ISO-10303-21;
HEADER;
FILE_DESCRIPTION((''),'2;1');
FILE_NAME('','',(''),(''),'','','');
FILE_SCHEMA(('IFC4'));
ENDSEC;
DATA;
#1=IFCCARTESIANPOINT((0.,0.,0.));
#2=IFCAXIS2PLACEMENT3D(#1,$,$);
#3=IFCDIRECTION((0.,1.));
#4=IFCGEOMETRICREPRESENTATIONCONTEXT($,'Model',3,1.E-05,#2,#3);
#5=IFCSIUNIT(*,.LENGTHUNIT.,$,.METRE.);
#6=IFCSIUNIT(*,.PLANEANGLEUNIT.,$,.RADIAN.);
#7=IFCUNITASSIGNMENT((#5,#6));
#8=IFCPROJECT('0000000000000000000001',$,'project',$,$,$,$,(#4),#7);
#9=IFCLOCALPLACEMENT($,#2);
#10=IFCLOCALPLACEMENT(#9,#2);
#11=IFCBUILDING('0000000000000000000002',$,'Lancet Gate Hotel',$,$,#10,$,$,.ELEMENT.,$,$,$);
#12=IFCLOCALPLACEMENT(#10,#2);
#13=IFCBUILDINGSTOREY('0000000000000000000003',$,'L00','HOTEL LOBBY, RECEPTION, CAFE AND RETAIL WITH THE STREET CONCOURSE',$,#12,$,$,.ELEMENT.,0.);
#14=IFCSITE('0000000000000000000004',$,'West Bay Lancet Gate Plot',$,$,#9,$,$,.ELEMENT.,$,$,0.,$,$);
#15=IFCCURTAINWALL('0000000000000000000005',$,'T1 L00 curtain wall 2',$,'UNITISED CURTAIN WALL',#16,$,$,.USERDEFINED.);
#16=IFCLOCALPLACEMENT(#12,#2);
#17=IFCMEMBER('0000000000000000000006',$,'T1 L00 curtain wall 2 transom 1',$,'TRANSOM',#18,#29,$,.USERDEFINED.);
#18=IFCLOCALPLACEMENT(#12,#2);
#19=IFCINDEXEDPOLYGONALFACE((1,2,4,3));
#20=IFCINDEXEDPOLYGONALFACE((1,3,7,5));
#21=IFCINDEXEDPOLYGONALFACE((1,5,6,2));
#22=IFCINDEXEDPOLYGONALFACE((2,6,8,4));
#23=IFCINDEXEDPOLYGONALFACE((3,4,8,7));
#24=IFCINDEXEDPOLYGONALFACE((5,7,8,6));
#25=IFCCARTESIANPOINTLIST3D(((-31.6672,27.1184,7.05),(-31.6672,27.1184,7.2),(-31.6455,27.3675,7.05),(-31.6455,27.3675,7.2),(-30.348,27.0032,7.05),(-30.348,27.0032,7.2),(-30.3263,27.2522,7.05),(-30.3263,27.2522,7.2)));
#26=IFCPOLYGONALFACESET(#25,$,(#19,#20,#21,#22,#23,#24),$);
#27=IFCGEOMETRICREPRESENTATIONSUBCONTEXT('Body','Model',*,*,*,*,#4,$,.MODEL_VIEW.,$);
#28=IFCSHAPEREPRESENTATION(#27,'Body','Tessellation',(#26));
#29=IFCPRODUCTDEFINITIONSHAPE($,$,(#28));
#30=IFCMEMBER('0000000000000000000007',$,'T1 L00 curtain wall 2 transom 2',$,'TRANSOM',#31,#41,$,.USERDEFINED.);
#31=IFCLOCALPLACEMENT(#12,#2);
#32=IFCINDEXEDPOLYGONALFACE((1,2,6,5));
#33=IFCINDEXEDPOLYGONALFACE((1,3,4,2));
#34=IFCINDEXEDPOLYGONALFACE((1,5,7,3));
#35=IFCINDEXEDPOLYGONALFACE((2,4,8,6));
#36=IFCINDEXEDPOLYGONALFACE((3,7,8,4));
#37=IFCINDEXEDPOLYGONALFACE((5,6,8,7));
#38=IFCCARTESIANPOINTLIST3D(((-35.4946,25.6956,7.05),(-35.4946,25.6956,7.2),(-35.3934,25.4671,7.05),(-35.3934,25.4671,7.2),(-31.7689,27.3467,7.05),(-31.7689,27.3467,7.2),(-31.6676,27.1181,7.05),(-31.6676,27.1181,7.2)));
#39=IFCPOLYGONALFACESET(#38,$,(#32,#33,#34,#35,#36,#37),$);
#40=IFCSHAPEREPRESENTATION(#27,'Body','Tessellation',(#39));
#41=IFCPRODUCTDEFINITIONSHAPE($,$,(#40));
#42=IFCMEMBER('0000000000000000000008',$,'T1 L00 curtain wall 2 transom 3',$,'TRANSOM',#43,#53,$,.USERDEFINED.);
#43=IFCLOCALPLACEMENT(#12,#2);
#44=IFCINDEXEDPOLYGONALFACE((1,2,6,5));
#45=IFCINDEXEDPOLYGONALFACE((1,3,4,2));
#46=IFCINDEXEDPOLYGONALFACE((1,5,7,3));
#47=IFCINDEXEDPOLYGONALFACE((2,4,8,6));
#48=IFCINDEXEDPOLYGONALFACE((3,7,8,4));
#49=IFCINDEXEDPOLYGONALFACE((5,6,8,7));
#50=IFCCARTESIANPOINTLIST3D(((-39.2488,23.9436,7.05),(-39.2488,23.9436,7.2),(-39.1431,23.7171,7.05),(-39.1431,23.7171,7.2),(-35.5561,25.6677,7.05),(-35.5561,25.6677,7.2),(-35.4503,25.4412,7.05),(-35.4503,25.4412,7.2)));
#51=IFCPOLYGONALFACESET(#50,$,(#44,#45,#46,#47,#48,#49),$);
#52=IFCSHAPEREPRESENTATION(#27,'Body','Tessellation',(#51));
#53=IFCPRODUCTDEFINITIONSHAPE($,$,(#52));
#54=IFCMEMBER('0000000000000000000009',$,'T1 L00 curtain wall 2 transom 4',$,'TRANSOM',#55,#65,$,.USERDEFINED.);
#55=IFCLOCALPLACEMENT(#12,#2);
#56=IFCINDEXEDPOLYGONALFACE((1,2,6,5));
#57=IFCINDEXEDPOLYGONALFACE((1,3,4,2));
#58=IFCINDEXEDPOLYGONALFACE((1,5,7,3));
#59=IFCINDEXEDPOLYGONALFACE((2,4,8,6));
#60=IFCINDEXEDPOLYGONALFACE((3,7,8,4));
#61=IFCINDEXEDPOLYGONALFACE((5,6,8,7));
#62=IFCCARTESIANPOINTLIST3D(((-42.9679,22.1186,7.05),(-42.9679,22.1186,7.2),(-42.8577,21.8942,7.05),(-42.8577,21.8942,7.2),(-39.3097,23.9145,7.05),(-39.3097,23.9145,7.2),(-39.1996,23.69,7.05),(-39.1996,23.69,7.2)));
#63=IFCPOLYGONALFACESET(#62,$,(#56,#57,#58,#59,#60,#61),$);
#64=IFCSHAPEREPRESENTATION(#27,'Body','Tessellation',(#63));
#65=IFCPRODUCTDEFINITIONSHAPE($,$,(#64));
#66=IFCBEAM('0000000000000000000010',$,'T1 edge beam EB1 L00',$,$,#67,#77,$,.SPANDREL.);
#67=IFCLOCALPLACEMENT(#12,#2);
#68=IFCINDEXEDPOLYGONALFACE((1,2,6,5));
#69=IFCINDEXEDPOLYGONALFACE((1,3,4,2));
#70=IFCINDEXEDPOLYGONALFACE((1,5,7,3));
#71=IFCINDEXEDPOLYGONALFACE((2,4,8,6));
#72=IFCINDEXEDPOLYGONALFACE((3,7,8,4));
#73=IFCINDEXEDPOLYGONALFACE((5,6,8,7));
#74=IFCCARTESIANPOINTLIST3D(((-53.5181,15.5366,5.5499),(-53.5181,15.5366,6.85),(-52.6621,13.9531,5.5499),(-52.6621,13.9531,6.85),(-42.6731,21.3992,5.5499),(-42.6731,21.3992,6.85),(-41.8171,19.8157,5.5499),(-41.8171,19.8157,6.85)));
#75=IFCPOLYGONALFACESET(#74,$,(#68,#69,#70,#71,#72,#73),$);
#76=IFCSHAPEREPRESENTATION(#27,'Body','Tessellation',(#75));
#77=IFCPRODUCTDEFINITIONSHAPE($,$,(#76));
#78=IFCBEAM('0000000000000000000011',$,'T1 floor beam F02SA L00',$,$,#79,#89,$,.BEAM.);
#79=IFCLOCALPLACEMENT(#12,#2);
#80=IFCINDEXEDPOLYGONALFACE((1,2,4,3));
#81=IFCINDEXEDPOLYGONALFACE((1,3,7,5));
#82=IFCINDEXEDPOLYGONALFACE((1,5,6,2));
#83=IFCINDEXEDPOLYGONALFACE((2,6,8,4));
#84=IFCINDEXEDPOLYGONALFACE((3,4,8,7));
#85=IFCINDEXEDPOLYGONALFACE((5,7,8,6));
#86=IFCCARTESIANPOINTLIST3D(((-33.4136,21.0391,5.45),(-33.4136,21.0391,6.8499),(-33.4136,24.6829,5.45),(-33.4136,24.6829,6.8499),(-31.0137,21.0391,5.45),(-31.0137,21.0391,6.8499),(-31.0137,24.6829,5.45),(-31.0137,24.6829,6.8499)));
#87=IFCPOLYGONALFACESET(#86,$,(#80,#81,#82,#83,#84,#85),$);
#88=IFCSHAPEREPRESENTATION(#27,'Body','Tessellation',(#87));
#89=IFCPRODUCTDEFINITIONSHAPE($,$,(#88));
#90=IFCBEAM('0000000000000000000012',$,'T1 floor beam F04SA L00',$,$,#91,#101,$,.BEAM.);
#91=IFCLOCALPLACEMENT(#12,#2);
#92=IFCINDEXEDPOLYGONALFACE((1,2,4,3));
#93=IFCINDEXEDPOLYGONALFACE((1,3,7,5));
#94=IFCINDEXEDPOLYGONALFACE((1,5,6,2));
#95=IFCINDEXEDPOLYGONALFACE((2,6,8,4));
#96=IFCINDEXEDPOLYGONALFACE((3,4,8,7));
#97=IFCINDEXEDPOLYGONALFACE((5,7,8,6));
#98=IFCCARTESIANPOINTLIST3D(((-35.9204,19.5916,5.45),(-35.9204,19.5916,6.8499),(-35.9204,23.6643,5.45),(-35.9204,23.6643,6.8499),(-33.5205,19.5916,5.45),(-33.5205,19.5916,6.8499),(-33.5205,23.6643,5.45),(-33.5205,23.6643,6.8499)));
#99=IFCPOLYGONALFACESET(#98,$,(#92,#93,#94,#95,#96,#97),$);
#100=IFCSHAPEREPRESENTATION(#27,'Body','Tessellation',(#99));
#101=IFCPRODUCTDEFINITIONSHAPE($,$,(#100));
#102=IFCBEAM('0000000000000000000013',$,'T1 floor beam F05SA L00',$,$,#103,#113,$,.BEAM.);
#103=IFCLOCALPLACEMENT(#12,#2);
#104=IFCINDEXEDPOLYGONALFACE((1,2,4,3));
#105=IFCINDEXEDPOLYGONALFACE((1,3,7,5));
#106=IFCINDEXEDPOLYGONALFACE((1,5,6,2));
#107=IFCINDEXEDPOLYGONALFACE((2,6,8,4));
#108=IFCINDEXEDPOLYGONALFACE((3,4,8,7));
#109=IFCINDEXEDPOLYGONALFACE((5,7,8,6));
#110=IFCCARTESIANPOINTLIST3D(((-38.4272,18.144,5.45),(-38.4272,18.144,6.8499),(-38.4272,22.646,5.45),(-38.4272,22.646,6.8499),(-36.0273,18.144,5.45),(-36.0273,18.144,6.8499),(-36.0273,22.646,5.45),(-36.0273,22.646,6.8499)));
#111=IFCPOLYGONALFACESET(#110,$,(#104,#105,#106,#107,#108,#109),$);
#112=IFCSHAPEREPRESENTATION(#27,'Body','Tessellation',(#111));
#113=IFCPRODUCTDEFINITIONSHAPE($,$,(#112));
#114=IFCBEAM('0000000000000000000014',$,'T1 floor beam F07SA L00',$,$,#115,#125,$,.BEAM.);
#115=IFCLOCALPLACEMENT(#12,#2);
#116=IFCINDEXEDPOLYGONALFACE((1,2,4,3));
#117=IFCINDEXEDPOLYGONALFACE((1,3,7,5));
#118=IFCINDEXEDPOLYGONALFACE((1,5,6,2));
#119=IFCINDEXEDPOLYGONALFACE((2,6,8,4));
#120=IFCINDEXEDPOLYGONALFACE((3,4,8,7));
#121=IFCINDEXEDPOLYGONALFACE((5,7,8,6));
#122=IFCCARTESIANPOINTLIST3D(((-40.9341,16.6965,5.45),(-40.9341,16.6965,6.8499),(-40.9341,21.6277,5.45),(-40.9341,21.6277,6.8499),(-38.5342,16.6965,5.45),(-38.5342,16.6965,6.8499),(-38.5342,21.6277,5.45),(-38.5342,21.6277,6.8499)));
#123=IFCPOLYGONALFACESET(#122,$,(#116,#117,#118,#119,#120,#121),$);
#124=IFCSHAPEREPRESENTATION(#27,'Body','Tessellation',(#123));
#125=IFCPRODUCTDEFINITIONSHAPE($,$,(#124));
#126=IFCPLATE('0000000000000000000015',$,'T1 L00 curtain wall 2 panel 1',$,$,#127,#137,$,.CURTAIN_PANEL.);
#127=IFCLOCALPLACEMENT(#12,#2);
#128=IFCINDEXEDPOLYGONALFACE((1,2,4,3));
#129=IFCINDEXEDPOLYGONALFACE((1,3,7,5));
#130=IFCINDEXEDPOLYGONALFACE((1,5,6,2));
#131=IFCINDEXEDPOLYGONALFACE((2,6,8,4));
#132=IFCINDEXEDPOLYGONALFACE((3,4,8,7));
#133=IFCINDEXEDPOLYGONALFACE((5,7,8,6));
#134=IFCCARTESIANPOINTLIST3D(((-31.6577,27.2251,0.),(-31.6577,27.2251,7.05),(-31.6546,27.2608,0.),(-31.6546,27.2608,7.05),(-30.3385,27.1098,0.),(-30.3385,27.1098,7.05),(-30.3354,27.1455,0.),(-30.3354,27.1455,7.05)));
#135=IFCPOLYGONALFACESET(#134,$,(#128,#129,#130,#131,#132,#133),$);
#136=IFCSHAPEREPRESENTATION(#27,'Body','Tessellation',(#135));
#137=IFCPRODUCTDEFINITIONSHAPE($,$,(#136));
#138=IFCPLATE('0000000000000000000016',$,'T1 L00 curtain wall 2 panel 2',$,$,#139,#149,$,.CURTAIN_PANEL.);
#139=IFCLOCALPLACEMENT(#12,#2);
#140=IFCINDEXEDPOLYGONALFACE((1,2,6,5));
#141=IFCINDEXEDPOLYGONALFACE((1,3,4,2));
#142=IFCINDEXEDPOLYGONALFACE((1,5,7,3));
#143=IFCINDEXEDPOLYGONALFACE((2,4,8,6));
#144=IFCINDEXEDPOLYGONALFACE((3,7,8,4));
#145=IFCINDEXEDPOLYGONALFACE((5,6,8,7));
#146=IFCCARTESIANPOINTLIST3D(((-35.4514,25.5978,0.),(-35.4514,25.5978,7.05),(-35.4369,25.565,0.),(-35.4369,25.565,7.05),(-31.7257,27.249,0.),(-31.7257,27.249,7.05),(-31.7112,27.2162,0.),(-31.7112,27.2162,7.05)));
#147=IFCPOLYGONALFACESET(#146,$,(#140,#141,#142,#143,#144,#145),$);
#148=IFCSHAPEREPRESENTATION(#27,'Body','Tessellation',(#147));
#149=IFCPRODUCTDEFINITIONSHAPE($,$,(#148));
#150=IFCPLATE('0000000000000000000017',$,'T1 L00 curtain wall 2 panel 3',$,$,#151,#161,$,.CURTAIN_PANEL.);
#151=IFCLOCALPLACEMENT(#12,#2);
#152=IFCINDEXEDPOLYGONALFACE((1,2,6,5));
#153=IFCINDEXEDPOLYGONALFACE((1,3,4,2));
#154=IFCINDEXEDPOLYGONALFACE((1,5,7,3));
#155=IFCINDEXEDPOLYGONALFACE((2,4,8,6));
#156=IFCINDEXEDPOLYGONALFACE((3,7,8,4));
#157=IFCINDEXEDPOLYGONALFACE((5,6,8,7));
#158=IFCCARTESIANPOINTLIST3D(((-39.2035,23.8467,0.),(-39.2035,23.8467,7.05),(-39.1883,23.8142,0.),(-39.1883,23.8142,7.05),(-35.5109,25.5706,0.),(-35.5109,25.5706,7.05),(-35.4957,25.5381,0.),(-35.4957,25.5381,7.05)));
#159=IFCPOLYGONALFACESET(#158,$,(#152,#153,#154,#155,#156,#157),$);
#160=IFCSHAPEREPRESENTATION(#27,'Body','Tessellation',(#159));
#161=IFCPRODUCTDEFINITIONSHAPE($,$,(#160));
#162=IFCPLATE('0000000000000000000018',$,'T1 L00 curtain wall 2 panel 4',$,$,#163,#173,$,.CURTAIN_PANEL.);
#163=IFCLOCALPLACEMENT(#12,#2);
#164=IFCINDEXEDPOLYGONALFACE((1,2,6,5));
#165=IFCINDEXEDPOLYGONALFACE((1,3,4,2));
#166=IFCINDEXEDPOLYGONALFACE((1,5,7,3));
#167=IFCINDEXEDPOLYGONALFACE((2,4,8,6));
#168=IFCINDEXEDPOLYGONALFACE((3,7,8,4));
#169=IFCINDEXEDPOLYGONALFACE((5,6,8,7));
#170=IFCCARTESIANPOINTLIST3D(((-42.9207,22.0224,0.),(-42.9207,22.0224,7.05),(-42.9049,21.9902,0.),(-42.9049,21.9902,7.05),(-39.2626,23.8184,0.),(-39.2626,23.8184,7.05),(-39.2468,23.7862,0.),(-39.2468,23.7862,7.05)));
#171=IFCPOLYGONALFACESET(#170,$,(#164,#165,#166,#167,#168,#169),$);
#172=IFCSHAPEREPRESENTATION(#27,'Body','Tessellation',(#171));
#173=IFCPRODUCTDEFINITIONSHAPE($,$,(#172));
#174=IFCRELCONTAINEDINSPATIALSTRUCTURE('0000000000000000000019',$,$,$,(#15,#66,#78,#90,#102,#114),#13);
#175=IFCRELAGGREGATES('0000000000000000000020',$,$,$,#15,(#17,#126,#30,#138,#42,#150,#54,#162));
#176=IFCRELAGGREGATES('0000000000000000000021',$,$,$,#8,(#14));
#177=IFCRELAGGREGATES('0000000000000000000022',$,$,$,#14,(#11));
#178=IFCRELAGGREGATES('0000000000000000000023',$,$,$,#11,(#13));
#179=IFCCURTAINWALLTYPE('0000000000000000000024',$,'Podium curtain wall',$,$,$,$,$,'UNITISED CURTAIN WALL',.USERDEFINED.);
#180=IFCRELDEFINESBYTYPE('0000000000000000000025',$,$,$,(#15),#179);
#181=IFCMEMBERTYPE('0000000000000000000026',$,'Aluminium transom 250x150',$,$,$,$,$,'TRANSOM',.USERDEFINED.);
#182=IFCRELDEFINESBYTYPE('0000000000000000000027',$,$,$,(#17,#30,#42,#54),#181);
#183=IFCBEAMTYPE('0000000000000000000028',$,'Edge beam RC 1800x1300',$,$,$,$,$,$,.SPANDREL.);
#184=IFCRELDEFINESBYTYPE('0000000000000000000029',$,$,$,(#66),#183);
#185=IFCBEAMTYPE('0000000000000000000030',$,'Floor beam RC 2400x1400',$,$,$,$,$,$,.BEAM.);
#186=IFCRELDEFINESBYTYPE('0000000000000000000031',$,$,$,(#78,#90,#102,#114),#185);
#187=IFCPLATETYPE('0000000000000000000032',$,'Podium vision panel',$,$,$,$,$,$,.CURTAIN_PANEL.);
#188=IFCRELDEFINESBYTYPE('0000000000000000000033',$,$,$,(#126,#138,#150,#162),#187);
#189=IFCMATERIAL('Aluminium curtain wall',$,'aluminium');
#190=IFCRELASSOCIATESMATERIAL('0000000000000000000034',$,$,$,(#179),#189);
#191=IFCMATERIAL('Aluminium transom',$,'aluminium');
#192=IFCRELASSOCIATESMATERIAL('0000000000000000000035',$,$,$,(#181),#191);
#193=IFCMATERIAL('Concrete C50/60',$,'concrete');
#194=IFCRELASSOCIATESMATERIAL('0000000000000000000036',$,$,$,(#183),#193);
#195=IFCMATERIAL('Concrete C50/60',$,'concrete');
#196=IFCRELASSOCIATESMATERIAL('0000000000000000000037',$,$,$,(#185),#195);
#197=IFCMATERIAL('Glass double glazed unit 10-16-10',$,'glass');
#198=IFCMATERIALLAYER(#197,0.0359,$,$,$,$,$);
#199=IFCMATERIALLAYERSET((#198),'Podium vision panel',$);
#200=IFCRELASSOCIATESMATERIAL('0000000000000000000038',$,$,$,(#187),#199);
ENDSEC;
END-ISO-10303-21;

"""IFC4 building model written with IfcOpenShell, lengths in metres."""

from ifc_helpers import new_model, si_unit, direction, frame, origin, origin_2d, place, context, subcontext, project, spatial, rectangle, extrude, material, layer, layer_set, material_profile, profile_set, type_object, element, aggregate, save


model = new_model("IFC4")

# Units and contexts
model_context = context("Model", 3, precision=1e-05, world=origin(), true_north=direction((0.0, 1.0)))
body_context = subcontext(model_context, "Body", "Model", "MODEL_VIEW")
ifc_project = project(units=[si_unit("LENGTHUNIT", "METRE"), si_unit("PLANEANGLEUNIT", "RADIAN")], contexts=[model_context])

# Site, building, storey
site_placement = place(None, origin())
site = spatial("IfcSite", under=ifc_project, at=site_placement, Name="West Bay Lancet Gate Plot", CompositionType="ELEMENT", RefElevation=0.0)
building_placement = place(site_placement, origin())
building = spatial("IfcBuilding", under=site, at=building_placement, Name="Lancet Gate Hotel", CompositionType="ELEMENT")
storey_placement = place(building_placement, origin())
storey = spatial("IfcBuildingStorey", under=building, at=storey_placement, Name="L00", Description="HOTEL LOBBY, RECEPTION, CAFE AND RETAIL WITH THE STREET CONCOURSE", CompositionType="ELEMENT", Elevation=0.0)

# Curtain wall, members
ifc_material_1 = material(Name="Aluminium curtain wall", Category="aluminium")
curtain_wall_type = type_object("IfcCurtainWallType", Name="Podium curtain wall", ElementType="UNITISED CURTAIN WALL", PredefinedType="USERDEFINED", material=ifc_material_1)
curtain_wall_placement = place(storey_placement, origin())
curtain_wall = element("IfcCurtainWall", 1, at=curtain_wall_placement, inside=storey, type_object=curtain_wall_type, Name="T1 L00 curtain wall 2", ObjectType="UNITISED CURTAIN WALL", PredefinedType="USERDEFINED")
ifc_material_2 = material(Name="Aluminium transom", Category="aluminium")
ifc_material_profile_1 = material_profile(ifc_material_2, rectangle(XDim=0.25, YDim=0.1499, at=origin_2d()), Name="TRANSOM 250x150")
ifc_profile_set_1 = profile_set([ifc_material_profile_1], Name="Aluminium transom")
member_type_1 = type_object("IfcMemberType", Name="Aluminium transom 250x150", ElementType="TRANSOM", PredefinedType="USERDEFINED", material=ifc_profile_set_1)
member_1_placement = place(storey_placement, frame((-30.3372, 27.1277, 7.125), z_axis=(-0.996206, 0.087027, 0.0), x_axis=(-0.087027, -0.996206, 0.0)))
member_1 = element("IfcMember", 2, at=member_1_placement, type_object=member_type_1, Name="T1 L00 curtain wall 2 transom 1", ObjectType="TRANSOM", PredefinedType="USERDEFINED", context=body_context, shape_type="SweptSolid", body=[
    extrude(rectangle(XDim=0.25, YDim=0.1499, at=origin_2d()), origin(), (0.0, 0.0, 1.0), 1.3242),
])
member_2_placement = place(storey_placement, frame((-31.7183, 27.2324, 7.125), z_axis=(-0.914248, -0.405154, 0.0), x_axis=(0.405154, -0.914248, 0.0)))
member_2 = element("IfcMember", 3, at=member_2_placement, type_object=member_type_1, Name="T1 L00 curtain wall 2 transom 2", ObjectType="TRANSOM", PredefinedType="USERDEFINED", context=body_context, shape_type="SweptSolid", body=[
    extrude(rectangle(XDim=0.25, YDim=0.1499, at=origin_2d()), origin(), (0.0, 0.0, 1.0), 4.0752),
])
member_3_placement = place(storey_placement, frame((-35.5032, 25.5544, 7.125), z_axis=(-0.90611, -0.423043, 0.0), x_axis=(0.423043, -0.90611, 0.0)))
member_3 = element("IfcMember", 4, at=member_3_placement, type_object=member_type_1, Name="T1 L00 curtain wall 2 transom 3", ObjectType="TRANSOM", PredefinedType="USERDEFINED", context=body_context, shape_type="SweptSolid", body=[
    extrude(rectangle(XDim=0.25, YDim=0.1499, at=origin_2d()), origin(), (0.0, 0.0, 1.0), 4.0754),
])
member_4_placement = place(storey_placement, frame((-39.2546, 23.8022, 7.125), z_axis=(-0.897662, -0.440684, 0.0), x_axis=(0.440684, -0.897662, 0.0)))
member_4 = element("IfcMember", 5, at=member_4_placement, type_object=member_type_1, Name="T1 L00 curtain wall 2 transom 4", ObjectType="TRANSOM", PredefinedType="USERDEFINED", context=body_context, shape_type="SweptSolid", body=[
    extrude(rectangle(XDim=0.25, YDim=0.1499, at=origin_2d()), origin(), (0.0, 0.0, 1.0), 4.0752),
])

# Beams
ifc_material_3 = material(Name="Concrete C50/60", Category="concrete")
ifc_material_profile_2 = material_profile(ifc_material_3, rectangle(XDim=1.8, YDim=1.3, at=origin_2d()), Name="RC 1800x1300")
ifc_profile_set_2 = profile_set([ifc_material_profile_2], Name="Concrete C50/60")
beam_type_1 = type_object("IfcBeamType", Name="Edge beam RC 1800x1300", PredefinedType="SPANDREL", material=ifc_profile_set_2)
beam_1_placement = place(storey_placement, frame((-42.2451, 20.6074, 6.2), z_axis=(-0.879693, -0.475542, 0.0), x_axis=(0.475542, -0.879693, 0.0)))
element("IfcBeam", 6, at=beam_1_placement, inside=storey, type_object=beam_type_1, Name="T1 edge beam EB1 L00", PredefinedType="SPANDREL", context=body_context, shape_type="SweptSolid", body=[
    extrude(rectangle(XDim=1.8, YDim=1.3, at=origin_2d()), origin(), (0.0, 0.0, 1.0), 12.3281),
])
ifc_material_4 = material(Name="Concrete C50/60", Category="concrete")
ifc_material_profile_3 = material_profile(ifc_material_4, rectangle(XDim=2.3999, YDim=1.3999, at=origin_2d()), Name="RC 2400x1400")
ifc_profile_set_3 = profile_set([ifc_material_profile_3], Name="Concrete C50/60")
beam_type_2 = type_object("IfcBeamType", Name="Floor beam RC 2400x1400", PredefinedType="BEAM", material=ifc_profile_set_3)
beam_2_placement = place(storey_placement, frame((-32.2136, 24.6829, 6.1499), z_axis=(0.0, -1.0, 0.0), x_axis=(1.0, 0.0, 0.0)))
element("IfcBeam", 7, at=beam_2_placement, inside=storey, type_object=beam_type_2, Name="T1 floor beam F02SA L00", PredefinedType="BEAM", context=body_context, shape_type="SweptSolid", body=[
    extrude(rectangle(XDim=2.3999, YDim=1.3999, at=origin_2d()), origin(), (0.0, 0.0, 1.0), 3.6438),
])
beam_3_placement = place(storey_placement, frame((-34.7205, 23.6643, 6.1499), z_axis=(0.0, -1.0, 0.0), x_axis=(1.0, 0.0, 0.0)))
element("IfcBeam", 8, at=beam_3_placement, inside=storey, type_object=beam_type_2, Name="T1 floor beam F04SA L00", PredefinedType="BEAM", context=body_context, shape_type="SweptSolid", body=[
    extrude(rectangle(XDim=2.3999, YDim=1.3999, at=origin_2d()), origin(), (0.0, 0.0, 1.0), 4.0728),
])
beam_4_placement = place(storey_placement, frame((-37.2273, 22.646, 6.1499), z_axis=(0.0, -1.0, 0.0), x_axis=(1.0, 0.0, 0.0)))
element("IfcBeam", 9, at=beam_4_placement, inside=storey, type_object=beam_type_2, Name="T1 floor beam F05SA L00", PredefinedType="BEAM", context=body_context, shape_type="SweptSolid", body=[
    extrude(rectangle(XDim=2.3999, YDim=1.3999, at=origin_2d()), origin(), (0.0, 0.0, 1.0), 4.502),
])
beam_5_placement = place(storey_placement, frame((-39.7341, 21.6277, 6.1499), z_axis=(0.0, -1.0, 0.0), x_axis=(1.0, 0.0, 0.0)))
element("IfcBeam", 10, at=beam_5_placement, inside=storey, type_object=beam_type_2, Name="T1 floor beam F07SA L00", PredefinedType="BEAM", context=body_context, shape_type="SweptSolid", body=[
    extrude(rectangle(XDim=2.3999, YDim=1.3999, at=origin_2d()), origin(), (0.0, 0.0, 1.0), 4.9312),
])

# Plates
ifc_material_5 = material(Name="Glass double glazed unit 10-16-10", Category="glass")
ifc_layer_1 = layer(ifc_material_5, 0.0359)
ifc_layer_set_1 = layer_set([ifc_layer_1], Name="Podium vision panel")
plate_type = type_object("IfcPlateType", Name="Podium vision panel", PredefinedType="CURTAIN_PANEL", material=ifc_layer_set_1)
plate_1_placement = place(storey_placement, frame((-30.9966, 27.1853, 0.0), z_axis=(0.0, 0.0, 1.0), x_axis=(-0.996204, 0.087052, 0.0)))
plate_1 = element("IfcPlate", 11, at=plate_1_placement, type_object=plate_type, Name="T1 L00 curtain wall 2 panel 1", PredefinedType="CURTAIN_PANEL", context=body_context, shape_type="SweptSolid", body=[
    extrude(rectangle(XDim=1.3242, YDim=0.0359, at=origin_2d()), origin(), (0.0, 0.0, 1.0), 7.05),
])
plate_2_placement = place(storey_placement, frame((-33.5813, 26.407, 0.0), z_axis=(0.0, 0.0, 1.0), x_axis=(-0.914234, -0.405186, 0.0)))
plate_2 = element("IfcPlate", 12, at=plate_2_placement, type_object=plate_type, Name="T1 L00 curtain wall 2 panel 2", PredefinedType="CURTAIN_PANEL", context=body_context, shape_type="SweptSolid", body=[
    extrude(rectangle(XDim=4.0752, YDim=0.0359, at=origin_2d()), origin(), (0.0, 0.0, 1.0), 7.05),
])
plate_3_placement = place(storey_placement, frame((-37.3496, 24.6924, 0.0), z_axis=(0.0, 0.0, 1.0), x_axis=(-0.906118, -0.423026, 0.0)))
plate_3 = element("IfcPlate", 13, at=plate_3_placement, type_object=plate_type, Name="T1 L00 curtain wall 2 panel 3", PredefinedType="CURTAIN_PANEL", context=body_context, shape_type="SweptSolid", body=[
    extrude(rectangle(XDim=4.0752, YDim=0.0359, at=origin_2d()), origin(), (0.0, 0.0, 1.0), 7.05),
])
plate_4_placement = place(storey_placement, frame((-41.0837, 22.9043, 0.0), z_axis=(0.0, 0.0, 1.0), x_axis=(-0.897653, -0.440702, 0.0)))
plate_4 = element("IfcPlate", 14, at=plate_4_placement, type_object=plate_type, Name="T1 L00 curtain wall 2 panel 4", PredefinedType="CURTAIN_PANEL", context=body_context, shape_type="SweptSolid", body=[
    extrude(rectangle(XDim=4.0752, YDim=0.0359, at=origin_2d()), origin(), (0.0, 0.0, 1.0), 7.05),
])
aggregate(curtain_wall, [member_1, plate_1, member_2, plate_2, member_3, plate_3, member_4, plate_4])

save(model, "model.ifc")
